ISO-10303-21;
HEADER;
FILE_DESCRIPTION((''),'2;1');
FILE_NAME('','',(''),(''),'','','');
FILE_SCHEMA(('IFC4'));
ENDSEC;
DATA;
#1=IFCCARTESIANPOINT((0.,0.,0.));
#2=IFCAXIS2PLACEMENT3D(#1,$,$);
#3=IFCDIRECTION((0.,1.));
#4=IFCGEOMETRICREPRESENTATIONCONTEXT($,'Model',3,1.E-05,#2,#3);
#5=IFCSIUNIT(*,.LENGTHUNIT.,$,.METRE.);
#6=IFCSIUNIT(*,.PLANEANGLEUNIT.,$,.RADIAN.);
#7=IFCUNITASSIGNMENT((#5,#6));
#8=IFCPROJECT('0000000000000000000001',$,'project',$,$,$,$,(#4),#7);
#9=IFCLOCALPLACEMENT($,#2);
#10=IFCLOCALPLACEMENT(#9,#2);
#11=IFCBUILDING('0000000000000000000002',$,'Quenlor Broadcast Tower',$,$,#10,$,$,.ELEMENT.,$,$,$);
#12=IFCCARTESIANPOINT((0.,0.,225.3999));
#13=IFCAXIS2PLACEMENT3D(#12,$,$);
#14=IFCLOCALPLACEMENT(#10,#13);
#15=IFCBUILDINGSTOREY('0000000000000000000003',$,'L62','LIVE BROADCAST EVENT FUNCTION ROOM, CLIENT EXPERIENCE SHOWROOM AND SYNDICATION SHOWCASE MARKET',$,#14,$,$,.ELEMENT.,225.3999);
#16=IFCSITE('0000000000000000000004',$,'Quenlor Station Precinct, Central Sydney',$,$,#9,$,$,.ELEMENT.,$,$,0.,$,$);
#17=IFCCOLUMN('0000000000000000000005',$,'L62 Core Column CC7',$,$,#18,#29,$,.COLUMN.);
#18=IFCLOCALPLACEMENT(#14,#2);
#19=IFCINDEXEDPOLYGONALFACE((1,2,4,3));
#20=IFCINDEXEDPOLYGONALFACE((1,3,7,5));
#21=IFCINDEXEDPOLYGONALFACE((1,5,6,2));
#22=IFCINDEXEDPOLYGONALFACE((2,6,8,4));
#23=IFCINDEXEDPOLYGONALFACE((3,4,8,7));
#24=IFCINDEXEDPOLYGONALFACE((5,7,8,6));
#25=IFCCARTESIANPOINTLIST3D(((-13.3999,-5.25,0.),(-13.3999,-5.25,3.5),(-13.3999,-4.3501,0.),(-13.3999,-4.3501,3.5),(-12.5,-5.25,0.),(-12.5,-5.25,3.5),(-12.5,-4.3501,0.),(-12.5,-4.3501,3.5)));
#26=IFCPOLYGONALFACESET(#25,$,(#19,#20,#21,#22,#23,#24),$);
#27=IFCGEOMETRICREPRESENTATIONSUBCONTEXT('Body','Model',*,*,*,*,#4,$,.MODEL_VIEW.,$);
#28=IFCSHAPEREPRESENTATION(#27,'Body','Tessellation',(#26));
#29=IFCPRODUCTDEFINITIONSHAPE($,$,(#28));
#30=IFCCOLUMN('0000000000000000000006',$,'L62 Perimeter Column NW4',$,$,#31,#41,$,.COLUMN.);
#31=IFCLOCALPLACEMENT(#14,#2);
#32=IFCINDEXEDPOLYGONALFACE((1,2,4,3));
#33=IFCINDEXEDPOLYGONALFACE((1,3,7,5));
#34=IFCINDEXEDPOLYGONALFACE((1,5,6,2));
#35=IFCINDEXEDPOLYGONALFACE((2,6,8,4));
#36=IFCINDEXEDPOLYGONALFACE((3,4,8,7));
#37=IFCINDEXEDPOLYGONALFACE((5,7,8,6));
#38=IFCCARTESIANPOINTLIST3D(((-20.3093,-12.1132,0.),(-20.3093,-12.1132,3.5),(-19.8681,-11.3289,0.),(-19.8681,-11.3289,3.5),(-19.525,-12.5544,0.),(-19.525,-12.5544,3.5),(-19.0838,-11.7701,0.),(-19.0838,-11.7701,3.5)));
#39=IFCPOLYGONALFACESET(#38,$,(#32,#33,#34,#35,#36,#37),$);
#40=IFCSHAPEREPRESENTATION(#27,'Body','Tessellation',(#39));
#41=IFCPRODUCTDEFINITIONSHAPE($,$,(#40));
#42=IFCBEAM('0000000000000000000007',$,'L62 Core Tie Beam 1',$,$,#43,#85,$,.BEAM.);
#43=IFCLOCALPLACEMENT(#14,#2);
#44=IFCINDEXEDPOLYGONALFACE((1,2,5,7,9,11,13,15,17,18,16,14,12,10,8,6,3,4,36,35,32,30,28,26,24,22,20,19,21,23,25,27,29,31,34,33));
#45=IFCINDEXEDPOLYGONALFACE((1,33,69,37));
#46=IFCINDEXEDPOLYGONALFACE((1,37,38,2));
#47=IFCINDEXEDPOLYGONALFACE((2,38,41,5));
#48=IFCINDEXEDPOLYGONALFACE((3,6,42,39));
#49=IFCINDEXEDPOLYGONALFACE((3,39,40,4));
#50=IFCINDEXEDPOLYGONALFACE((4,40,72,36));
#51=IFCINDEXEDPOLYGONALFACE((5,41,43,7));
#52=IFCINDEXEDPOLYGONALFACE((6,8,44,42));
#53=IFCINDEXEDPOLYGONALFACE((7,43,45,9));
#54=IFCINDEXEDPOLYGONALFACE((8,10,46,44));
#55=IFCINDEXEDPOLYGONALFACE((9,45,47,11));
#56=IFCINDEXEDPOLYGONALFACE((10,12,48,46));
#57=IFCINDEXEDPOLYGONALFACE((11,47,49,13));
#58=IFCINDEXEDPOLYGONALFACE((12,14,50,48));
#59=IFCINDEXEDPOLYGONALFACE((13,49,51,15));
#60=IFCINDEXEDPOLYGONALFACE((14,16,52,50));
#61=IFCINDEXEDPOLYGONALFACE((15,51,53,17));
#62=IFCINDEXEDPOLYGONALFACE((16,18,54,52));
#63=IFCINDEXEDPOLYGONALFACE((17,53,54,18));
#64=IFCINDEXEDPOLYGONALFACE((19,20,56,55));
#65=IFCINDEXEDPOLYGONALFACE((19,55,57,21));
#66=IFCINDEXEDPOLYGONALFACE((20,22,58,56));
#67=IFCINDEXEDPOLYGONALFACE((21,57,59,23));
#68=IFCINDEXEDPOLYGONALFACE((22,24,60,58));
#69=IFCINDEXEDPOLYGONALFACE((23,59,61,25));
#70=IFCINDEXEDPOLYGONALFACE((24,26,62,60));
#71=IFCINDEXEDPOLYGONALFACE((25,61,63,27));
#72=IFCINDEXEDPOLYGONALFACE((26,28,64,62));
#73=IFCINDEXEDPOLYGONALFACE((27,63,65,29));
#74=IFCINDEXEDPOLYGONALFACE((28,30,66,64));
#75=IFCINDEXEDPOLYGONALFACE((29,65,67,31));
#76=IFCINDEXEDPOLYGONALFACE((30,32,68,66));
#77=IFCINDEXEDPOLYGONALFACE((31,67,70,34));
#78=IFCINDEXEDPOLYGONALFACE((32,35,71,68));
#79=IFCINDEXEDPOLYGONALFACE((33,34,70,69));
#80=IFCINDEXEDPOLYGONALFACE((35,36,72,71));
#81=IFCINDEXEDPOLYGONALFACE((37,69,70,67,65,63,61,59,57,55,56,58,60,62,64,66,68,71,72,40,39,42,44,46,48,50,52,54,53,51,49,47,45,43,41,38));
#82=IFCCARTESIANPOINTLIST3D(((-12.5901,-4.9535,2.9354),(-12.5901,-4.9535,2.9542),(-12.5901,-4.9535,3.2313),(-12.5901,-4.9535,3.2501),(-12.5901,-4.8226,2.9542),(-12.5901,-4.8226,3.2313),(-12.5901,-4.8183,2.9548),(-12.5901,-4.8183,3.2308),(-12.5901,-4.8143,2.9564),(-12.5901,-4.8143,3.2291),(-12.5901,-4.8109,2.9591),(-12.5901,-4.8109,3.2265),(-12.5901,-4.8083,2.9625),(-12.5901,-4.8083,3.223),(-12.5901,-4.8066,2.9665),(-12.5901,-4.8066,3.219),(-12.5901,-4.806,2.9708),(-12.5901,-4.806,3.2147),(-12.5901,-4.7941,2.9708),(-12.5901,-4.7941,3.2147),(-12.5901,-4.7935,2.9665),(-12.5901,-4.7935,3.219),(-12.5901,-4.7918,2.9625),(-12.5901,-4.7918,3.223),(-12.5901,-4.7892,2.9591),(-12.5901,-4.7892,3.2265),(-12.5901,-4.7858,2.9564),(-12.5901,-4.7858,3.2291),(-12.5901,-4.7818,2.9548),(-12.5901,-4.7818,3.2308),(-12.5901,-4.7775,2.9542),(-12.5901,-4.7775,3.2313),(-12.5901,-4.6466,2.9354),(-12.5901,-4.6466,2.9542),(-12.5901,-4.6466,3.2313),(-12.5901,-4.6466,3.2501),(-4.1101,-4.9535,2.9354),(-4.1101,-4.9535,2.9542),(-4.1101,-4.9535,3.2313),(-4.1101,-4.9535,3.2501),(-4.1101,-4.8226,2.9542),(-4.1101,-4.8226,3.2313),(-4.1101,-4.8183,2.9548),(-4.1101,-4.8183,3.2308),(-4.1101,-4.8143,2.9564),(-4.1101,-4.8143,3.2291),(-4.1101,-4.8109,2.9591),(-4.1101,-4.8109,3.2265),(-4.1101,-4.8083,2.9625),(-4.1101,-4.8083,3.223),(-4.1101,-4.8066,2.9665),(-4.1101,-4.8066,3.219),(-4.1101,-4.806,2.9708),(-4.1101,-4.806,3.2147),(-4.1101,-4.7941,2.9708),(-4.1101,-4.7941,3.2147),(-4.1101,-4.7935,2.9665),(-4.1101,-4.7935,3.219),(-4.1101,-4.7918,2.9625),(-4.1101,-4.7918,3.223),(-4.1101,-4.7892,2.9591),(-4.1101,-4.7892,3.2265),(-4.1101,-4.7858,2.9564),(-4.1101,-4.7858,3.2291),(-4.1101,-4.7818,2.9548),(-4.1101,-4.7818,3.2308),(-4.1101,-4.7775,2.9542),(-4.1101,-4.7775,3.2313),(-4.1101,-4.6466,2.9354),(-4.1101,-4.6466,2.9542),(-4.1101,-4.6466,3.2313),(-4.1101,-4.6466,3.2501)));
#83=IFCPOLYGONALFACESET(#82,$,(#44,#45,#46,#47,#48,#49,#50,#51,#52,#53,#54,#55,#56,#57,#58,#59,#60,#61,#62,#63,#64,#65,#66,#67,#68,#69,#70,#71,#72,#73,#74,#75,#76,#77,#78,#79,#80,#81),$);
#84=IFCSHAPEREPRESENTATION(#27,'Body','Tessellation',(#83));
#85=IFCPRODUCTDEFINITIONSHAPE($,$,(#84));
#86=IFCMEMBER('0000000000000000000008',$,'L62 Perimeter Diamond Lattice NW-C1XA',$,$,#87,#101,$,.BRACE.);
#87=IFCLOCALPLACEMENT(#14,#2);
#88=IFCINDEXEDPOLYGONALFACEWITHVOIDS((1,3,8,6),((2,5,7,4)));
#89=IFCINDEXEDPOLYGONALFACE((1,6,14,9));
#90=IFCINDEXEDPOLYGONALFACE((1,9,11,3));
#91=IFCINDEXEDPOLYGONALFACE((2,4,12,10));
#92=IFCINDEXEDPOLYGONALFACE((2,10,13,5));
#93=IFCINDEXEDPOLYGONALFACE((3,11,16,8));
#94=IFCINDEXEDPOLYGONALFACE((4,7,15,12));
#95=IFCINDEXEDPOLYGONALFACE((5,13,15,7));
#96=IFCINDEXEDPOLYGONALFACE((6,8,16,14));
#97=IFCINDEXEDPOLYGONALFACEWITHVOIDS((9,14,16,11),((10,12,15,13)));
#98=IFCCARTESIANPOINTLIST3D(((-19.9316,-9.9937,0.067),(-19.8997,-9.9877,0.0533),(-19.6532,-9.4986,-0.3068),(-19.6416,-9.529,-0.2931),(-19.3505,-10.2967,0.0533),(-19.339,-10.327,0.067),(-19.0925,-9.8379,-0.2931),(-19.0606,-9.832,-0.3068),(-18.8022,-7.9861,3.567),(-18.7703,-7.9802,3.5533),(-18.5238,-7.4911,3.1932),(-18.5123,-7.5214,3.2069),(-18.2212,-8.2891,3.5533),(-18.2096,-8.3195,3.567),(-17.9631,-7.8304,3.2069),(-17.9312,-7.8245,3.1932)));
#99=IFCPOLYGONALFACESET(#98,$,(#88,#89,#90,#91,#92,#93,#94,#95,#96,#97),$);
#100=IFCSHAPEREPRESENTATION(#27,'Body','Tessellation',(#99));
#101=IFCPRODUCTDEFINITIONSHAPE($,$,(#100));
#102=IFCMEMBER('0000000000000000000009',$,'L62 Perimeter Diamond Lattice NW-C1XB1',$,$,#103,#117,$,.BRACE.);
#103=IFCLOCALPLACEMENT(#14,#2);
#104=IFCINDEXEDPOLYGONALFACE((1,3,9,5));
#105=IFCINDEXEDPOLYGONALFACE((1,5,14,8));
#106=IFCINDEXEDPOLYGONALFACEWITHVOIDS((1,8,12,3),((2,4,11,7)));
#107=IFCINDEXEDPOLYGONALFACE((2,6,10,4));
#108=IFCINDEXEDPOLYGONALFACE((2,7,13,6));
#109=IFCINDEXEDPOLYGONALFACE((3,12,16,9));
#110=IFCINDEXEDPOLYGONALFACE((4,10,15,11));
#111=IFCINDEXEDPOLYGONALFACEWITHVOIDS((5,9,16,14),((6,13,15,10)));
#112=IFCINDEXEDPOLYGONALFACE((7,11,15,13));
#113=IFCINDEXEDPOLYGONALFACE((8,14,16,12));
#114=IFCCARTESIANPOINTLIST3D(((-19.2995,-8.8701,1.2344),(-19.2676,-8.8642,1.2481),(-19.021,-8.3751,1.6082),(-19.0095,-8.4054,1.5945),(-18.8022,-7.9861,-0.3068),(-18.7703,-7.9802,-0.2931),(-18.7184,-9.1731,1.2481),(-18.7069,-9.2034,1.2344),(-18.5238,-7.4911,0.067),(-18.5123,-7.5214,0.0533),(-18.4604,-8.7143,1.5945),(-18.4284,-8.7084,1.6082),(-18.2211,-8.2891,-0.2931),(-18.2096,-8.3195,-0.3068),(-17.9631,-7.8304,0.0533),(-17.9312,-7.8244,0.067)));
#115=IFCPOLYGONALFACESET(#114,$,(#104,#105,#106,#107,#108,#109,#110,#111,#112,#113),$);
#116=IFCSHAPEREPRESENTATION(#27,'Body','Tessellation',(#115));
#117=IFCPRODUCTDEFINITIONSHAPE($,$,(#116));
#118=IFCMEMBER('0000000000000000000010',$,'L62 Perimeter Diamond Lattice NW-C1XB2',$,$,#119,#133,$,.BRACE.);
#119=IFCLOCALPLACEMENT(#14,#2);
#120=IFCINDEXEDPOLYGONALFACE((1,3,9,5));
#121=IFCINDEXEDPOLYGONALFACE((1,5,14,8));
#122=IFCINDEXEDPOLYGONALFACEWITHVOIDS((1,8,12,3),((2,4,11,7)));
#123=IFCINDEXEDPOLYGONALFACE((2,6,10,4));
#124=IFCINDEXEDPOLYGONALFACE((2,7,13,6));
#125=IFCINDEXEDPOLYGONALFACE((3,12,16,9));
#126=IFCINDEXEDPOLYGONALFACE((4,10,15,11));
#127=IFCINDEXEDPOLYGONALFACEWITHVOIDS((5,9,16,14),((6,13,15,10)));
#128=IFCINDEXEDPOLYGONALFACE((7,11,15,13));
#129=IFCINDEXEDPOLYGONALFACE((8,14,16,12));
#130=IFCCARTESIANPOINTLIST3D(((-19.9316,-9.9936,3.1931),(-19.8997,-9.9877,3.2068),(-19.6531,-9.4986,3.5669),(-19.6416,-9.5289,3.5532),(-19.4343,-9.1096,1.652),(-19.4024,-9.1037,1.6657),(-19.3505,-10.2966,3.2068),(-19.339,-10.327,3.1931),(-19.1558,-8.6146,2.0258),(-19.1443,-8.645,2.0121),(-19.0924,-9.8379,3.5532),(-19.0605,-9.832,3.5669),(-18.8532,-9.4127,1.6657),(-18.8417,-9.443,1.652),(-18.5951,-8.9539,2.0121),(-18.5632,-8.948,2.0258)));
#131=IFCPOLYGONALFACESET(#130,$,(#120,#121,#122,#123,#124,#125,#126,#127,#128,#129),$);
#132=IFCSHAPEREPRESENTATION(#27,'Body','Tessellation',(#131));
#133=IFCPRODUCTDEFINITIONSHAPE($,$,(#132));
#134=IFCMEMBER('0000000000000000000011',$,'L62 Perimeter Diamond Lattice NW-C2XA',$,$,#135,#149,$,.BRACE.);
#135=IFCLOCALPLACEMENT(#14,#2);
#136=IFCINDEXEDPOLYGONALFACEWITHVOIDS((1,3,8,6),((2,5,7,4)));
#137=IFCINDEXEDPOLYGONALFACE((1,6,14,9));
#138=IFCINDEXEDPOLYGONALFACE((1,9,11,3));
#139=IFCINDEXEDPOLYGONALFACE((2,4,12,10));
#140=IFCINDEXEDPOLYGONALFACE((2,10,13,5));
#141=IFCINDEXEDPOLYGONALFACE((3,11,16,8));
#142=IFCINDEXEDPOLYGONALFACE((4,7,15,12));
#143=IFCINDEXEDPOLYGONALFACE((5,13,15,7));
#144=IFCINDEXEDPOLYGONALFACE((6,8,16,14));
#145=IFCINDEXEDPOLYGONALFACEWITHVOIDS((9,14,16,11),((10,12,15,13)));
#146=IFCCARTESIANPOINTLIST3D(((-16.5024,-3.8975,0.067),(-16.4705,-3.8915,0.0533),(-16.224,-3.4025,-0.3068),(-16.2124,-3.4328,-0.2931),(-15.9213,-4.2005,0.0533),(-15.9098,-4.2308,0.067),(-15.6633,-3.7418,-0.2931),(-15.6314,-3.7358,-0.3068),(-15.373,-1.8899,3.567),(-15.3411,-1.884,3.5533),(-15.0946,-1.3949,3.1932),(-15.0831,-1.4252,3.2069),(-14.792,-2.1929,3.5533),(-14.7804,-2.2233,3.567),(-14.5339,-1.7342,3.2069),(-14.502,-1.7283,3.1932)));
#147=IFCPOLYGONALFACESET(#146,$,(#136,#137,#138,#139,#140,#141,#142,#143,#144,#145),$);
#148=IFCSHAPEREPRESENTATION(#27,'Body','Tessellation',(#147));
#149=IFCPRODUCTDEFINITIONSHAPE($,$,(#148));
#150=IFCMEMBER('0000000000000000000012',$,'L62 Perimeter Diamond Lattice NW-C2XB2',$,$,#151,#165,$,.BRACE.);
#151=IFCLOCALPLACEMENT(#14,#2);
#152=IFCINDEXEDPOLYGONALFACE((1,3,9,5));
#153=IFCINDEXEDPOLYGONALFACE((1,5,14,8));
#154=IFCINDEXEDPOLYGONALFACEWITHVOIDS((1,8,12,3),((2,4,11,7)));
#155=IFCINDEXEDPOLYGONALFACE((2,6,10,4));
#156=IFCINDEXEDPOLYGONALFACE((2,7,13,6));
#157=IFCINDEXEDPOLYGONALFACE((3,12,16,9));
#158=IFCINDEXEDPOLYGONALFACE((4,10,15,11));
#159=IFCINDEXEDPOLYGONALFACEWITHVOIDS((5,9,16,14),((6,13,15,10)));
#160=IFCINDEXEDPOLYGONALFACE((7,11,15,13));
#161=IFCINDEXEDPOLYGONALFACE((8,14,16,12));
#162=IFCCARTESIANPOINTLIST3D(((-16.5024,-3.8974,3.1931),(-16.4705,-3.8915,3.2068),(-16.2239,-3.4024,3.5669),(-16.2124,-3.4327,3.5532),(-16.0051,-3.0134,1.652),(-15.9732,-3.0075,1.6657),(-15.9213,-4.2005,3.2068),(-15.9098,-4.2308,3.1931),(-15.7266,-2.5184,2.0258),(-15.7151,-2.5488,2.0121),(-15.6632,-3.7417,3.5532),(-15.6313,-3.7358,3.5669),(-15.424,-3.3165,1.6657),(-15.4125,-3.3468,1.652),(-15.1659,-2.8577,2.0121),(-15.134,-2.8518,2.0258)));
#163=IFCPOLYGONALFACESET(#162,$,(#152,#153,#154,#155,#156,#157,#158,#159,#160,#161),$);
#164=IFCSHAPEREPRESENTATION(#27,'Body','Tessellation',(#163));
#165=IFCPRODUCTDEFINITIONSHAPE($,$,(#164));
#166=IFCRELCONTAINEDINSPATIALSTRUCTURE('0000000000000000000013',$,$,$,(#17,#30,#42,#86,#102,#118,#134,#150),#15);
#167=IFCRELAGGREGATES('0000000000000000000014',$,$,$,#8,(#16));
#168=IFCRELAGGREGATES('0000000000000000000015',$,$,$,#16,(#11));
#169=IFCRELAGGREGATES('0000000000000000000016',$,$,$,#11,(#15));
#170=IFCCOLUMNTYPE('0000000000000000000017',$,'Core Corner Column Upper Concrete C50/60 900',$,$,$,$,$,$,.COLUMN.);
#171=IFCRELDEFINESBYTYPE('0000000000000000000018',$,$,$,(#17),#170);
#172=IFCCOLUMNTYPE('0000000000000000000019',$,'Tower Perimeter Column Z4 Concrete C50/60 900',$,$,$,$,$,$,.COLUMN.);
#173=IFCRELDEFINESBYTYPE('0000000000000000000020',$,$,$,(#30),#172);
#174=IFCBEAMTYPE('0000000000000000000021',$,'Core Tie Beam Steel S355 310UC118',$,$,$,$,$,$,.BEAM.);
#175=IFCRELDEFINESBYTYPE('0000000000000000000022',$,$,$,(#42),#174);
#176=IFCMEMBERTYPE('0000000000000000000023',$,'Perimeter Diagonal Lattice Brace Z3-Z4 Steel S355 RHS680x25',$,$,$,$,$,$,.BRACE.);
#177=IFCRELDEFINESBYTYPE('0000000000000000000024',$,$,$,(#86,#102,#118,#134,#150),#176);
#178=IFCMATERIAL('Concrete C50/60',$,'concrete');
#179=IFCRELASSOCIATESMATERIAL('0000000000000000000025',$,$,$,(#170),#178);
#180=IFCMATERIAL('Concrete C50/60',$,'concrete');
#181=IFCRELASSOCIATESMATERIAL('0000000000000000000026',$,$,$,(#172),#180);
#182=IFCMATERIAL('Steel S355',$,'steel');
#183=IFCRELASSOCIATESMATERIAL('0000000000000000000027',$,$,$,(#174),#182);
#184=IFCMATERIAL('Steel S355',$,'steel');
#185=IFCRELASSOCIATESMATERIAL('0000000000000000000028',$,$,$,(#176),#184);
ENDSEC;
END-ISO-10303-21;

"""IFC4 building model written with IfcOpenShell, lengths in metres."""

from ifc_helpers import new_model, si_unit, direction, frame, origin, origin_2d, place, context, subcontext, project, spatial, rectangle, hollow_rectangle, i_section, extrude, material, material_profile, profile_set, type_object, element, save


model = new_model("IFC4")

# Units and contexts
model_context = context("Model", 3, precision=1e-05, world=origin(), true_north=direction((0.0, 1.0)))
body_context = subcontext(model_context, "Body", "Model", "MODEL_VIEW")
ifc_project = project(units=[si_unit("LENGTHUNIT", "METRE"), si_unit("PLANEANGLEUNIT", "RADIAN")], contexts=[model_context])

# Site, building, storey
site_placement = place(None, origin())
site = spatial("IfcSite", under=ifc_project, at=site_placement, Name="Quenlor Station Precinct, Central Sydney", CompositionType="ELEMENT", RefElevation=0.0)
building_placement = place(site_placement, origin())
building = spatial("IfcBuilding", under=site, at=building_placement, Name="Quenlor Broadcast Tower", CompositionType="ELEMENT")
storey_placement = place(building_placement, frame((0.0, 0.0, 225.3999)))
storey = spatial("IfcBuildingStorey", under=building, at=storey_placement, Name="L62", Description="LIVE BROADCAST EVENT FUNCTION ROOM, CLIENT EXPERIENCE SHOWROOM AND SYNDICATION SHOWCASE MARKET", CompositionType="ELEMENT", Elevation=225.3999)

# Columns
ifc_material_1 = material(Name="Concrete C50/60", Category="concrete")
ifc_material_profile_1 = material_profile(ifc_material_1, rectangle(XDim=0.8999, YDim=0.8999, at=origin_2d()))
ifc_profile_set_1 = profile_set([ifc_material_profile_1], Name="Concrete C50/60 RC900x900")
column_type_1 = type_object("IfcColumnType", Name="Core Corner Column Upper Concrete C50/60 900", PredefinedType="COLUMN", material=ifc_profile_set_1)
column_1_placement = place(storey_placement, frame((-12.95, -4.8, 0.0), z_axis=(0.0, 0.0, 1.0), x_axis=(1.0, 0.0, 0.0)))
element("IfcColumn", 1, at=column_1_placement, inside=storey, type_object=column_type_1, Name="L62 Core Column CC7", PredefinedType="COLUMN", context=body_context, shape_type="SweptSolid", body=[
    extrude(rectangle(XDim=0.8999, YDim=0.8999, at=origin_2d()), origin(), (0.0, 0.0, 1.0), 3.5),
])
ifc_material_2 = material(Name="Concrete C50/60", Category="concrete")
ifc_material_profile_2 = material_profile(ifc_material_2, rectangle(XDim=0.8999, YDim=0.8999, at=origin_2d()))
ifc_profile_set_2 = profile_set([ifc_material_profile_2], Name="Concrete C50/60 RC900x900")
column_type_2 = type_object("IfcColumnType", Name="Tower Perimeter Column Z4 Concrete C50/60 900", PredefinedType="COLUMN", material=ifc_profile_set_2)
column_2_placement = place(storey_placement, frame((-19.6965, -11.9417, 0.0), z_axis=(0.0, 0.0, 1.0), x_axis=(-0.871575, 0.490262, 0.0)))
element("IfcColumn", 2, at=column_2_placement, inside=storey, type_object=column_type_2, Name="L62 Perimeter Column NW4", PredefinedType="COLUMN", context=body_context, shape_type="SweptSolid", body=[
    extrude(rectangle(XDim=0.8999, YDim=0.8999, at=origin_2d()), origin(), (0.0, 0.0, 1.0), 3.5),
])

# Beam
ifc_material_3 = material(Name="Steel S355", Category="steel")
ifc_material_profile_3 = material_profile(ifc_material_3, i_section(OverallWidth=0.3069, OverallDepth=0.3147, WebThickness=0.012, FlangeThickness=0.0188, FilletRadius=0.0166, at=origin_2d()))
ifc_profile_set_3 = profile_set([ifc_material_profile_3], Name="Steel S355 310UC118")
beam_type_1 = type_object("IfcBeamType", Name="Core Tie Beam Steel S355 310UC118", PredefinedType="BEAM", material=ifc_profile_set_3)
beam_1_placement = place(storey_placement, frame((-12.5901, -4.8, 3.0928), z_axis=(1.0, 0.0, 0.0), x_axis=(0.0, 1.0, 0.0)))
element("IfcBeam", 3, at=beam_1_placement, inside=storey, type_object=beam_type_1, Name="L62 Core Tie Beam 1", PredefinedType="BEAM", context=body_context, shape_type="SweptSolid", body=[
    extrude(i_section(OverallWidth=0.3069, OverallDepth=0.3147, WebThickness=0.012, FlangeThickness=0.0188, FilletRadius=0.0166, at=origin_2d()), origin(), (0.0, 0.0, 1.0), 8.48),
])

# Members
ifc_material_4 = material(Name="Steel S355", Category="steel")
ifc_material_profile_4 = material_profile(ifc_material_4, hollow_rectangle(XDim=0.6799, YDim=0.6799, WallThickness=0.0249, at=origin_2d()))
ifc_profile_set_4 = profile_set([ifc_material_profile_4], Name="Steel S355 RHS680x680x25")
member_type = type_object("IfcMemberType", Name="Perimeter Diagonal Lattice Brace Z3-Z4 Steel S355 RHS680x25", PredefinedType="BRACE", material=ifc_profile_set_4)
member_1_placement = place(storey_placement, frame((-19.4961, -9.9128, -0.1199), z_axis=(0.269547, 0.479136, 0.835328), x_axis=(-0.87155, 0.490307, 0.0)))
element("IfcMember", 4, at=member_1_placement, inside=storey, type_object=member_type, Name="L62 Perimeter Diamond Lattice NW-C1XA", PredefinedType="BRACE", context=body_context, shape_type="SweptSolid", body=[
    extrude(hollow_rectangle(XDim=0.6799, YDim=0.6799, WallThickness=0.0249, at=origin_2d()), origin(), (0.0, 0.0, 1.0), 4.1899),
])
for number, where, z_axis, x_axis, name in (
    (5, (-18.3667, -7.9053, -0.1199), (-0.269536, -0.47913, 0.835335), (0.871556, -0.490296, 0.0), "L62 Perimeter Diamond Lattice NW-C1XB1"),
    (6, (-18.9988, -9.0288, 1.8389), (-0.269536, -0.47913, 0.835335), (0.871556, -0.490296, 0.0), "L62 Perimeter Diamond Lattice NW-C1XB2"),
):
    element("IfcMember", number, at=place(storey_placement, frame(where, z_axis=z_axis, x_axis=x_axis)), inside=storey, type_object=member_type, Name=name, PredefinedType="BRACE", context=body_context, shape_type="SweptSolid", body=[
        extrude(hollow_rectangle(XDim=0.6799, YDim=0.6799, WallThickness=0.0249, at=origin_2d()), origin(), (0.0, 0.0, 1.0), 1.845),
    ])
member_2_placement = place(storey_placement, frame((-16.0669, -3.8167, -0.1199), z_axis=(0.269547, 0.479136, 0.835328), x_axis=(-0.87155, 0.490307, 0.0)))
element("IfcMember", 7, at=member_2_placement, inside=storey, type_object=member_type, Name="L62 Perimeter Diamond Lattice NW-C2XA", PredefinedType="BRACE", context=body_context, shape_type="SweptSolid", body=[
    extrude(hollow_rectangle(XDim=0.6799, YDim=0.6799, WallThickness=0.0249, at=origin_2d()), origin(), (0.0, 0.0, 1.0), 4.1899),
])
member_3_placement = place(storey_placement, frame((-15.5696, -2.9326, 1.8389), z_axis=(-0.269536, -0.47913, 0.835335), x_axis=(0.871556, -0.490296, 0.0)))
element("IfcMember", 8, at=member_3_placement, inside=storey, type_object=member_type, Name="L62 Perimeter Diamond Lattice NW-C2XB2", PredefinedType="BRACE", context=body_context, shape_type="SweptSolid", body=[
    extrude(hollow_rectangle(XDim=0.6799, YDim=0.6799, WallThickness=0.0249, at=origin_2d()), origin(), (0.0, 0.0, 1.0), 1.845),
])

save(model, "model.ifc")
